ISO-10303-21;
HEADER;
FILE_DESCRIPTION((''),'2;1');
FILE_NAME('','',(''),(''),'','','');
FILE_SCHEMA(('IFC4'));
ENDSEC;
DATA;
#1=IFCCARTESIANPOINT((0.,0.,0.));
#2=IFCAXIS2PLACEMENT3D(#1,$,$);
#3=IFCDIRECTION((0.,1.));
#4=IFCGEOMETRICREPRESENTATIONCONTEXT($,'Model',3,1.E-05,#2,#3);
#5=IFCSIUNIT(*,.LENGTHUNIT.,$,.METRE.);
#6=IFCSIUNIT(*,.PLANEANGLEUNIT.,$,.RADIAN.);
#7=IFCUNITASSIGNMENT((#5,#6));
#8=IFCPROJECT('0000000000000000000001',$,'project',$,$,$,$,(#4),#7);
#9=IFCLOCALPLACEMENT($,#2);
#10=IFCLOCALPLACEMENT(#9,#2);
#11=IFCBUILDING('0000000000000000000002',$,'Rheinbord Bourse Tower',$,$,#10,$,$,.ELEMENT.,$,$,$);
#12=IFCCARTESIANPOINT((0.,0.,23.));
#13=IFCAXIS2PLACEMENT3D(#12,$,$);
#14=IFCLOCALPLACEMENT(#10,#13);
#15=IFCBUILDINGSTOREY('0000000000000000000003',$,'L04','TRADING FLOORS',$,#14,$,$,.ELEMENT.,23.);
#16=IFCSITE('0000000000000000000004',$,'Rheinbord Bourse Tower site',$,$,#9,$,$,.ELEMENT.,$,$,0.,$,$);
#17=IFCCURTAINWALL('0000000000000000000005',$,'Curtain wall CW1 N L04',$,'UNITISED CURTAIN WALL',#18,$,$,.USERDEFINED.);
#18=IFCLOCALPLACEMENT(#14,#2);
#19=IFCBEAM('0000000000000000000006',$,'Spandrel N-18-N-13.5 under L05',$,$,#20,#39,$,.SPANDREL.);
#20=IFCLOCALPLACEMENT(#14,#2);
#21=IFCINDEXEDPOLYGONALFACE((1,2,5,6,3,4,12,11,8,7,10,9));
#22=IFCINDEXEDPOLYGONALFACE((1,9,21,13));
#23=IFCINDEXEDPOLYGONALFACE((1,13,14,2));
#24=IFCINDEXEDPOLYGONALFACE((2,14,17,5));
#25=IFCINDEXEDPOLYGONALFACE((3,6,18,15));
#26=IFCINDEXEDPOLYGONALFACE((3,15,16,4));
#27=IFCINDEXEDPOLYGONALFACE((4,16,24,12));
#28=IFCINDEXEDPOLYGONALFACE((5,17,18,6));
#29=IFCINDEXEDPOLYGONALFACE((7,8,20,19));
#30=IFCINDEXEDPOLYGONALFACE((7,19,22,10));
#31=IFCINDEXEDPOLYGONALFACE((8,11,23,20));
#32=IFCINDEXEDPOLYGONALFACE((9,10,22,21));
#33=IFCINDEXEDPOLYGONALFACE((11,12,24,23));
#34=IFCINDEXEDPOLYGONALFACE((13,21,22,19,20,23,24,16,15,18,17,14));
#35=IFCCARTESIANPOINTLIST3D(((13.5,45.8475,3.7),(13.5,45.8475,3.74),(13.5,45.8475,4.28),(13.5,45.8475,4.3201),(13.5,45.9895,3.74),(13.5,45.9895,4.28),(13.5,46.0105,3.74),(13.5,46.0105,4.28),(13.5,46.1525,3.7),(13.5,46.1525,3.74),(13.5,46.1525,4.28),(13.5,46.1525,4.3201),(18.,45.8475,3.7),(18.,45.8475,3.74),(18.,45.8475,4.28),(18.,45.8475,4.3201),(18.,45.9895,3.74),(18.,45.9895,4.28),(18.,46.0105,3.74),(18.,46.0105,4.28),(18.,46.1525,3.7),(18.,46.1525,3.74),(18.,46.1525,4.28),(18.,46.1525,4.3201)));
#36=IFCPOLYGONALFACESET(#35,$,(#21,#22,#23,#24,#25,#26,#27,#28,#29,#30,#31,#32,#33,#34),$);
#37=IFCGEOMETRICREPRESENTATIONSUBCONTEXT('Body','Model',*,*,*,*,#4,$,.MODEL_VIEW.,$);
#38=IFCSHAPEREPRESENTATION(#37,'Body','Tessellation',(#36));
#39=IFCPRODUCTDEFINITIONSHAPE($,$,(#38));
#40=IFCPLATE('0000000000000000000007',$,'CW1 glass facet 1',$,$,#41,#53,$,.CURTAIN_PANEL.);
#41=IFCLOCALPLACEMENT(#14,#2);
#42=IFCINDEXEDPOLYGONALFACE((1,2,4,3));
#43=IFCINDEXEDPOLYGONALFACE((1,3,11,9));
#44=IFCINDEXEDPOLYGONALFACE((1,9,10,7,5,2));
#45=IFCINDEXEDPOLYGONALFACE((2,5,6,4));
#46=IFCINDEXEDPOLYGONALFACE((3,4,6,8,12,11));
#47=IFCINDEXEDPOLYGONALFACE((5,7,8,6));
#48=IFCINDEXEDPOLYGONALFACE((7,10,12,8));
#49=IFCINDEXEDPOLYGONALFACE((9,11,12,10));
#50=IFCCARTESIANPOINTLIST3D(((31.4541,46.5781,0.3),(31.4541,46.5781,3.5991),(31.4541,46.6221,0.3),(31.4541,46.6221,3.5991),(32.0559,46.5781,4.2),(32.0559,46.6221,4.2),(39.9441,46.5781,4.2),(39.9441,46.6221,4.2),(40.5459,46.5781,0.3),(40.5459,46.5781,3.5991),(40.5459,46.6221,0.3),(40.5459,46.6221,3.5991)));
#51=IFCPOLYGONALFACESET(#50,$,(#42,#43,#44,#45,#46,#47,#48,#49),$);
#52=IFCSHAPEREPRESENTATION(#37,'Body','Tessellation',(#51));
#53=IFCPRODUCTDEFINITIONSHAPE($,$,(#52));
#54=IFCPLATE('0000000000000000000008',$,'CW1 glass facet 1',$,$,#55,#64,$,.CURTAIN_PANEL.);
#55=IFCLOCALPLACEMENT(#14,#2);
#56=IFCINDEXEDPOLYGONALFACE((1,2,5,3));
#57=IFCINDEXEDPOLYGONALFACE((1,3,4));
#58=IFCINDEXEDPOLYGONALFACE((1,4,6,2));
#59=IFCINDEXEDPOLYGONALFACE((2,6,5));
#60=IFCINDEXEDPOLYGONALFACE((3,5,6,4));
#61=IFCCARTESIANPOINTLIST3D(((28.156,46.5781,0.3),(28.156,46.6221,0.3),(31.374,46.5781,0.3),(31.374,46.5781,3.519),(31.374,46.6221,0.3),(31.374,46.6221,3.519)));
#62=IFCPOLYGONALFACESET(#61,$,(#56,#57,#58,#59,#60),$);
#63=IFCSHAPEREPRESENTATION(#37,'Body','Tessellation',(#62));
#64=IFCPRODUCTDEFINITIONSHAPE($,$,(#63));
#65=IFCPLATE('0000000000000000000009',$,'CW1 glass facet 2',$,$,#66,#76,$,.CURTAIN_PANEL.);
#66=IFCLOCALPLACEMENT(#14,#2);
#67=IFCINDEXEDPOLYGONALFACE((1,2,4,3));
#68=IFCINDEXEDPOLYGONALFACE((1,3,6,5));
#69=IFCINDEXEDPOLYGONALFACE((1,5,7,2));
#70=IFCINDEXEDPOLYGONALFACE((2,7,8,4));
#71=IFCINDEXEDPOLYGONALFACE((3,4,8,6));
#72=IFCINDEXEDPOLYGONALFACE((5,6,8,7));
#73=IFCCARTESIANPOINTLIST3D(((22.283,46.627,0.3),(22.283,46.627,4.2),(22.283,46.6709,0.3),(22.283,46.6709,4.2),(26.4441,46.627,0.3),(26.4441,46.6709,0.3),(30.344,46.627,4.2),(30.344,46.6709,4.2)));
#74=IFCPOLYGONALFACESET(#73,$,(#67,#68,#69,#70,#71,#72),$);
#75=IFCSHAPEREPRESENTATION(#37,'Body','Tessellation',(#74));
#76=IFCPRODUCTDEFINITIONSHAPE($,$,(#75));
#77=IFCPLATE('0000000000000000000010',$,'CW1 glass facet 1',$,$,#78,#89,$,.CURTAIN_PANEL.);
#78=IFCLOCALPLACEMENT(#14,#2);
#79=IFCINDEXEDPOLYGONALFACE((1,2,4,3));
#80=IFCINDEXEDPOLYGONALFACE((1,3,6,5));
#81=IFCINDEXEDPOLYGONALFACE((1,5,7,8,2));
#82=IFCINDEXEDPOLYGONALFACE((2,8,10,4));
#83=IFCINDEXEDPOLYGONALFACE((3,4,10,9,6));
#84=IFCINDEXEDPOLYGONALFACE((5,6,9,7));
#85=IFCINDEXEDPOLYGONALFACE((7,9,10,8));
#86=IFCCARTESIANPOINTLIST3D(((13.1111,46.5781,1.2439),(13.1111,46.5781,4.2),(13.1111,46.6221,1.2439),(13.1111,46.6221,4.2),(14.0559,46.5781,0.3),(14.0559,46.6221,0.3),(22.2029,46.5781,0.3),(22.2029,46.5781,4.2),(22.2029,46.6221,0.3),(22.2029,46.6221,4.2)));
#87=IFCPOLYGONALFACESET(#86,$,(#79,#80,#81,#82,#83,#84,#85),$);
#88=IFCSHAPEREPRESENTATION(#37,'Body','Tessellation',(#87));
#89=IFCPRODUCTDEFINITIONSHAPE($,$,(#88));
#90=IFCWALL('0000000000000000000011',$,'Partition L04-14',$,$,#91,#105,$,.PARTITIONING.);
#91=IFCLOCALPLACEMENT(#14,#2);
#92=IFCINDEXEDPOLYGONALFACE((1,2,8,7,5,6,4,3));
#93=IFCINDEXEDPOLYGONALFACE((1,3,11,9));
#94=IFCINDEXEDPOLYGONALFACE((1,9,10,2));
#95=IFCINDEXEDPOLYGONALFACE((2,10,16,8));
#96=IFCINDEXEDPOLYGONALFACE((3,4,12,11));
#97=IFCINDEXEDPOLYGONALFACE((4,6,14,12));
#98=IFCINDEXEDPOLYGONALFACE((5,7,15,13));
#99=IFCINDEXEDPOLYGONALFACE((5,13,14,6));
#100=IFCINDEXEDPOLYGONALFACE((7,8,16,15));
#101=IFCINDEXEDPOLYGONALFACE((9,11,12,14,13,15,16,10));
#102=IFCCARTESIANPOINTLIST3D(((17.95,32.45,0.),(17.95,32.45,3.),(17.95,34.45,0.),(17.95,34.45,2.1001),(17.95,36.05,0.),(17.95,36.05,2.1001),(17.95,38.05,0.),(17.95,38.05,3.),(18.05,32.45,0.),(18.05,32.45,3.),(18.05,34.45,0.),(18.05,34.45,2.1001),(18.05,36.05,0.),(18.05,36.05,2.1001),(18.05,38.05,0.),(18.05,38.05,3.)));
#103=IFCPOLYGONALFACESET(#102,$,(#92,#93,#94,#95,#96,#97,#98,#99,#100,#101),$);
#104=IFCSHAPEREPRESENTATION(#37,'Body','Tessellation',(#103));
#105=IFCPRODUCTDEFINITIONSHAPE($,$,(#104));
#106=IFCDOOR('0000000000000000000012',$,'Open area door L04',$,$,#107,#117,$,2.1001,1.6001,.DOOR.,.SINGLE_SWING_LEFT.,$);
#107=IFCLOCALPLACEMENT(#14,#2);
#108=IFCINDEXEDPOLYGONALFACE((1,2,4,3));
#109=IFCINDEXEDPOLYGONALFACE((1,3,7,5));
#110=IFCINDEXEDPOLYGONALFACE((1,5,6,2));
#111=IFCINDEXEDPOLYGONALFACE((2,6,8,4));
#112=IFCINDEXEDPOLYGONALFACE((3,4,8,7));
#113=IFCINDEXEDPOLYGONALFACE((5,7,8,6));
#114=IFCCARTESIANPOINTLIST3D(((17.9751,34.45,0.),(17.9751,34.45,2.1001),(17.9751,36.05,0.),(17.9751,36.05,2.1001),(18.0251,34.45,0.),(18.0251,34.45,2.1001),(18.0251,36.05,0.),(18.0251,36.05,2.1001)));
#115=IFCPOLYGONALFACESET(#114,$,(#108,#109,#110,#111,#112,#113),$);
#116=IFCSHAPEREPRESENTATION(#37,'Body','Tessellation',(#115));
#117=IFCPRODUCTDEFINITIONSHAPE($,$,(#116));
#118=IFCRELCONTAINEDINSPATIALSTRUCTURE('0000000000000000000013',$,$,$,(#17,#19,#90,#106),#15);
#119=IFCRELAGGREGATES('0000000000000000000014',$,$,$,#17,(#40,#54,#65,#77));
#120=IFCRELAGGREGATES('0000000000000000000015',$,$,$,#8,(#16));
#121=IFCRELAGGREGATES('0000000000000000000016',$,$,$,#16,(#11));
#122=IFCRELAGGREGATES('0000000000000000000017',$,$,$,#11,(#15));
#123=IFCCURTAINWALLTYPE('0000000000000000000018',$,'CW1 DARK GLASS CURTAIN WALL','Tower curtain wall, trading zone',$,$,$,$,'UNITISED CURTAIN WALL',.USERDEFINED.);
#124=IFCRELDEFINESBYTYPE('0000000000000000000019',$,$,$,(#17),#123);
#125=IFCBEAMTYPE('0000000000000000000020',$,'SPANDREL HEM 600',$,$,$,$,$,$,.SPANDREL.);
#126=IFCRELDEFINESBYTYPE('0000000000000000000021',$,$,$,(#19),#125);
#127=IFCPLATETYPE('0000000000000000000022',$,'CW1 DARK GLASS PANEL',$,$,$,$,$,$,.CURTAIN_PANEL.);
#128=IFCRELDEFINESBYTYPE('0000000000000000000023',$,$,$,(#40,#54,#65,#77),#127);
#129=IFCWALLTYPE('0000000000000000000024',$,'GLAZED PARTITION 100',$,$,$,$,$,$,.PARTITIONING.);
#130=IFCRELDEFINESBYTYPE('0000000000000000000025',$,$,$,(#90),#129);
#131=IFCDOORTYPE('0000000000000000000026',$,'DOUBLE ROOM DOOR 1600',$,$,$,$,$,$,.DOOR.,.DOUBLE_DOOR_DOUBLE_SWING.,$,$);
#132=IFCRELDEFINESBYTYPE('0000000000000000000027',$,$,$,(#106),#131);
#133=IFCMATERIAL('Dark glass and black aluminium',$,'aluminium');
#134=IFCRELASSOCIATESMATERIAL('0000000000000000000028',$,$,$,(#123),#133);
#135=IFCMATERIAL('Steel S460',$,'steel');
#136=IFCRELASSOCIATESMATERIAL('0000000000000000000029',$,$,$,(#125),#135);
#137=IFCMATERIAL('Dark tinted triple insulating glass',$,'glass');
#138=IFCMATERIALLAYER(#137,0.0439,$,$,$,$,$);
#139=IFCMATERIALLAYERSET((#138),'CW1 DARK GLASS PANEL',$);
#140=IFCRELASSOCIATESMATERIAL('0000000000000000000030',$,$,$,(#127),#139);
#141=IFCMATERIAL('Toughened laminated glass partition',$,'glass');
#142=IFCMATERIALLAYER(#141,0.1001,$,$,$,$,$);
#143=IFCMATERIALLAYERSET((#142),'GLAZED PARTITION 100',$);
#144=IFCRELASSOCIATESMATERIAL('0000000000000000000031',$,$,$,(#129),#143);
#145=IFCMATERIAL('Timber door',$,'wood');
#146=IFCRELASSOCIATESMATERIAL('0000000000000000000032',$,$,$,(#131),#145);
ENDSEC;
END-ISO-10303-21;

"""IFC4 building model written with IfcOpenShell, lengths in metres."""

from ifc_helpers import new_model, si_unit, direction, frame, frame_2d, origin, origin_2d, place, context, subcontext, project, spatial, polyline, rectangle, i_section, outline, extrude, material, layer, layer_set, material_profile, profile_set, type_object, element, fill, aggregate, save


model = new_model("IFC4")

# Units and contexts
model_context = context("Model", 3, precision=1e-05, world=origin(), true_north=direction((0.0, 1.0)))
body_context = subcontext(model_context, "Body", "Model", "MODEL_VIEW")
ifc_project = project(units=[si_unit("LENGTHUNIT", "METRE"), si_unit("PLANEANGLEUNIT", "RADIAN")], contexts=[model_context])

# Site, building, storey
site_placement = place(None, origin())
site = spatial("IfcSite", under=ifc_project, at=site_placement, Name="Rheinbord Bourse Tower site", CompositionType="ELEMENT", RefElevation=0.0)
building_placement = place(site_placement, origin())
building = spatial("IfcBuilding", under=site, at=building_placement, Name="Rheinbord Bourse Tower", CompositionType="ELEMENT")
storey_placement = place(building_placement, frame((0.0, 0.0, 23.0)))
storey = spatial("IfcBuildingStorey", under=building, at=storey_placement, Name="L04", Description="TRADING FLOORS", CompositionType="ELEMENT", Elevation=23.0)

# Curtain wall
ifc_material_1 = material(Name="Dark glass and black aluminium", Category="aluminium")
curtain_wall_type = type_object("IfcCurtainWallType", Name="CW1 DARK GLASS CURTAIN WALL", Description="Tower curtain wall, trading zone", ElementType="UNITISED CURTAIN WALL", PredefinedType="USERDEFINED", material=ifc_material_1)
curtain_wall_placement = place(storey_placement, origin())
curtain_wall = element("IfcCurtainWall", 1, at=curtain_wall_placement, inside=storey, type_object=curtain_wall_type, Name="Curtain wall CW1 N L04", ObjectType="UNITISED CURTAIN WALL", PredefinedType="USERDEFINED")

# Beam
ifc_material_2 = material(Name="Steel S460", Category="steel")
ifc_material_profile_1 = material_profile(ifc_material_2, i_section(OverallWidth=0.3049, OverallDepth=0.6201, WebThickness=0.021, FlangeThickness=0.04, at=origin_2d()), Name="HEM 600")
ifc_profile_set_1 = profile_set([ifc_material_profile_1], Name="Steel S460")
beam_type_1 = type_object("IfcBeamType", Name="SPANDREL HEM 600", PredefinedType="SPANDREL", material=ifc_profile_set_1)
for number, where, z_axis, x_axis, name in (
    (2, (18.0, 46.0, 4.01), (-1.0, 0.0, 0.0), (0.0, -1.0, 0.0), "Spandrel N-18-N-13.5 under L05"),
):
    element("IfcBeam", number, at=place(storey_placement, frame(where, z_axis=z_axis, x_axis=x_axis)), inside=storey, type_object=beam_type_1, Name=name, PredefinedType="SPANDREL", context=body_context, shape_type="SweptSolid", body=[
        extrude(i_section(OverallWidth=0.3049, OverallDepth=0.6201, WebThickness=0.021, FlangeThickness=0.04, at=origin_2d()), origin(), (0.0, 0.0, 1.0), 4.5),
    ])

# Plates
ifc_material_3 = material(Name="Dark tinted triple insulating glass", Category="glass")
ifc_layer_1 = layer(ifc_material_3, 0.0439)
ifc_layer_set_1 = layer_set([ifc_layer_1], Name="CW1 DARK GLASS PANEL")
plate_type = type_object("IfcPlateType", Name="CW1 DARK GLASS PANEL", PredefinedType="CURTAIN_PANEL", material=ifc_layer_set_1)
plate_1_placement = place(storey_placement, frame((31.4541, 46.6221, 0.3), z_axis=(0.0, -1.0, 0.0), x_axis=(1.0, 0.0, 0.0)))
plate_1 = element("IfcPlate", 3, at=plate_1_placement, type_object=plate_type, Name="CW1 glass facet 1", PredefinedType="CURTAIN_PANEL", context=body_context, shape_type="SweptSolid", body=[
    extrude(outline(polyline([(0.0, 0.0), (9.0918, 0.0), (9.0918, 3.2991), (8.49, 3.8999), (0.6018, 3.8999), (0.0, 3.2991), (0.0, 0.0)])), origin(), (0.0, 0.0, 1.0), 0.0439),
])
plate_2_placement = place(storey_placement, frame((31.374, 46.6221, 0.3), z_axis=(0.0, -1.0, 0.0), x_axis=(0.0, 0.0, 1.0)))
plate_2 = element("IfcPlate", 4, at=plate_2_placement, type_object=plate_type, Name="CW1 glass facet 1", PredefinedType="CURTAIN_PANEL", context=body_context, shape_type="SweptSolid", body=[
    extrude(outline(polyline([(0.0, 0.0), (3.219, 0.0), (0.0, 3.218), (0.0, 0.0)])), origin(), (0.0, 0.0, 1.0), 0.0439),
])
plate_3_placement = place(storey_placement, frame((22.283, 46.6709, 4.2), z_axis=(0.0, -1.0, 0.0), x_axis=(0.0, 0.0, -1.0)))
plate_3 = element("IfcPlate", 5, at=plate_3_placement, type_object=plate_type, Name="CW1 glass facet 2", PredefinedType="CURTAIN_PANEL", context=body_context, shape_type="SweptSolid", body=[
    extrude(outline(polyline([(0.0, 0.0), (3.8999, 0.0), (3.8999, 4.1611), (0.0, 8.061), (0.0, 0.0)])), origin(), (0.0, 0.0, 1.0), 0.0439),
])
plate_4_placement = place(storey_placement, frame((22.2029, 46.6221, 0.3), z_axis=(0.0, -1.0, 0.0), x_axis=(0.0, 0.0, 1.0)))
plate_4 = element("IfcPlate", 6, at=plate_4_placement, type_object=plate_type, Name="CW1 glass facet 1", PredefinedType="CURTAIN_PANEL", context=body_context, shape_type="SweptSolid", body=[
    extrude(outline(polyline([(0.0, 0.0), (3.8999, 0.0), (3.8999, 9.0918), (0.9438, 9.0918), (0.0, 8.147), (0.0, 0.0)])), origin(), (0.0, 0.0, 1.0), 0.0439),
])
aggregate(curtain_wall, [plate_1, plate_2, plate_3, plate_4])

# Wall, opening, door
ifc_material_4 = material(Name="Toughened laminated glass partition", Category="glass")
ifc_layer_2 = layer(ifc_material_4, 0.1001)
ifc_layer_set_2 = layer_set([ifc_layer_2], Name="GLAZED PARTITION 100")
wall_type = type_object("IfcWallType", Name="GLAZED PARTITION 100", PredefinedType="PARTITIONING", material=ifc_layer_set_2)
wall_placement = place(storey_placement, frame((18.0, 32.45, 0.0), z_axis=(0.0, 0.0, 1.0), x_axis=(0.0, 1.0, 0.0)))
wall = element("IfcWall", 7, at=wall_placement, inside=storey, type_object=wall_type, Name="Partition L04-14", PredefinedType="PARTITIONING", context=body_context, shape_type="SweptSolid", body=[
    extrude(rectangle(XDim=5.6001, YDim=0.1001, at=frame_2d((2.8, 0.0))), origin(), (0.0, 0.0, 1.0), 3.0),
])
opening_placement = place(wall_placement, frame((2.0, 0.0, 0.0)))
opening = element("IfcOpeningElement", 8, at=opening_placement, cuts=wall, PredefinedType="OPENING", context=body_context, shape_type="SweptSolid", body=[
    extrude(rectangle(XDim=1.6001, YDim=2.1001, at=frame_2d((0.8, 1.05))), frame((0.0, 0.0601, 0.0), z_axis=(0.0, -1.0, 0.0), x_axis=(1.0, 0.0, 0.0)), (0.0, 0.0, 1.0), 0.1201),
])
ifc_material_5 = material(Name="Timber door", Category="wood")
door_type = type_object("IfcDoorType", Name="DOUBLE ROOM DOOR 1600", OperationType="DOUBLE_DOOR_DOUBLE_SWING", PredefinedType="DOOR", material=ifc_material_5)
door_placement = place(opening_placement, origin())
door = element("IfcDoor", 9, at=door_placement, inside=storey, type_object=door_type, Name="Open area door L04", OperationType="SINGLE_SWING_LEFT", OverallHeight=2.1001, OverallWidth=1.6001, PredefinedType="DOOR", context=body_context, shape_type="SweptSolid", body=[
    extrude(rectangle(XDim=1.6001, YDim=2.1001, at=frame_2d((0.8, 1.05))), frame((0.0, 0.0249, 0.0), z_axis=(0.0, -1.0, 0.0), x_axis=(1.0, 0.0, 0.0)), (0.0, 0.0, 1.0), 0.05),
])
fill(opening, door)

save(model, "model.ifc")
